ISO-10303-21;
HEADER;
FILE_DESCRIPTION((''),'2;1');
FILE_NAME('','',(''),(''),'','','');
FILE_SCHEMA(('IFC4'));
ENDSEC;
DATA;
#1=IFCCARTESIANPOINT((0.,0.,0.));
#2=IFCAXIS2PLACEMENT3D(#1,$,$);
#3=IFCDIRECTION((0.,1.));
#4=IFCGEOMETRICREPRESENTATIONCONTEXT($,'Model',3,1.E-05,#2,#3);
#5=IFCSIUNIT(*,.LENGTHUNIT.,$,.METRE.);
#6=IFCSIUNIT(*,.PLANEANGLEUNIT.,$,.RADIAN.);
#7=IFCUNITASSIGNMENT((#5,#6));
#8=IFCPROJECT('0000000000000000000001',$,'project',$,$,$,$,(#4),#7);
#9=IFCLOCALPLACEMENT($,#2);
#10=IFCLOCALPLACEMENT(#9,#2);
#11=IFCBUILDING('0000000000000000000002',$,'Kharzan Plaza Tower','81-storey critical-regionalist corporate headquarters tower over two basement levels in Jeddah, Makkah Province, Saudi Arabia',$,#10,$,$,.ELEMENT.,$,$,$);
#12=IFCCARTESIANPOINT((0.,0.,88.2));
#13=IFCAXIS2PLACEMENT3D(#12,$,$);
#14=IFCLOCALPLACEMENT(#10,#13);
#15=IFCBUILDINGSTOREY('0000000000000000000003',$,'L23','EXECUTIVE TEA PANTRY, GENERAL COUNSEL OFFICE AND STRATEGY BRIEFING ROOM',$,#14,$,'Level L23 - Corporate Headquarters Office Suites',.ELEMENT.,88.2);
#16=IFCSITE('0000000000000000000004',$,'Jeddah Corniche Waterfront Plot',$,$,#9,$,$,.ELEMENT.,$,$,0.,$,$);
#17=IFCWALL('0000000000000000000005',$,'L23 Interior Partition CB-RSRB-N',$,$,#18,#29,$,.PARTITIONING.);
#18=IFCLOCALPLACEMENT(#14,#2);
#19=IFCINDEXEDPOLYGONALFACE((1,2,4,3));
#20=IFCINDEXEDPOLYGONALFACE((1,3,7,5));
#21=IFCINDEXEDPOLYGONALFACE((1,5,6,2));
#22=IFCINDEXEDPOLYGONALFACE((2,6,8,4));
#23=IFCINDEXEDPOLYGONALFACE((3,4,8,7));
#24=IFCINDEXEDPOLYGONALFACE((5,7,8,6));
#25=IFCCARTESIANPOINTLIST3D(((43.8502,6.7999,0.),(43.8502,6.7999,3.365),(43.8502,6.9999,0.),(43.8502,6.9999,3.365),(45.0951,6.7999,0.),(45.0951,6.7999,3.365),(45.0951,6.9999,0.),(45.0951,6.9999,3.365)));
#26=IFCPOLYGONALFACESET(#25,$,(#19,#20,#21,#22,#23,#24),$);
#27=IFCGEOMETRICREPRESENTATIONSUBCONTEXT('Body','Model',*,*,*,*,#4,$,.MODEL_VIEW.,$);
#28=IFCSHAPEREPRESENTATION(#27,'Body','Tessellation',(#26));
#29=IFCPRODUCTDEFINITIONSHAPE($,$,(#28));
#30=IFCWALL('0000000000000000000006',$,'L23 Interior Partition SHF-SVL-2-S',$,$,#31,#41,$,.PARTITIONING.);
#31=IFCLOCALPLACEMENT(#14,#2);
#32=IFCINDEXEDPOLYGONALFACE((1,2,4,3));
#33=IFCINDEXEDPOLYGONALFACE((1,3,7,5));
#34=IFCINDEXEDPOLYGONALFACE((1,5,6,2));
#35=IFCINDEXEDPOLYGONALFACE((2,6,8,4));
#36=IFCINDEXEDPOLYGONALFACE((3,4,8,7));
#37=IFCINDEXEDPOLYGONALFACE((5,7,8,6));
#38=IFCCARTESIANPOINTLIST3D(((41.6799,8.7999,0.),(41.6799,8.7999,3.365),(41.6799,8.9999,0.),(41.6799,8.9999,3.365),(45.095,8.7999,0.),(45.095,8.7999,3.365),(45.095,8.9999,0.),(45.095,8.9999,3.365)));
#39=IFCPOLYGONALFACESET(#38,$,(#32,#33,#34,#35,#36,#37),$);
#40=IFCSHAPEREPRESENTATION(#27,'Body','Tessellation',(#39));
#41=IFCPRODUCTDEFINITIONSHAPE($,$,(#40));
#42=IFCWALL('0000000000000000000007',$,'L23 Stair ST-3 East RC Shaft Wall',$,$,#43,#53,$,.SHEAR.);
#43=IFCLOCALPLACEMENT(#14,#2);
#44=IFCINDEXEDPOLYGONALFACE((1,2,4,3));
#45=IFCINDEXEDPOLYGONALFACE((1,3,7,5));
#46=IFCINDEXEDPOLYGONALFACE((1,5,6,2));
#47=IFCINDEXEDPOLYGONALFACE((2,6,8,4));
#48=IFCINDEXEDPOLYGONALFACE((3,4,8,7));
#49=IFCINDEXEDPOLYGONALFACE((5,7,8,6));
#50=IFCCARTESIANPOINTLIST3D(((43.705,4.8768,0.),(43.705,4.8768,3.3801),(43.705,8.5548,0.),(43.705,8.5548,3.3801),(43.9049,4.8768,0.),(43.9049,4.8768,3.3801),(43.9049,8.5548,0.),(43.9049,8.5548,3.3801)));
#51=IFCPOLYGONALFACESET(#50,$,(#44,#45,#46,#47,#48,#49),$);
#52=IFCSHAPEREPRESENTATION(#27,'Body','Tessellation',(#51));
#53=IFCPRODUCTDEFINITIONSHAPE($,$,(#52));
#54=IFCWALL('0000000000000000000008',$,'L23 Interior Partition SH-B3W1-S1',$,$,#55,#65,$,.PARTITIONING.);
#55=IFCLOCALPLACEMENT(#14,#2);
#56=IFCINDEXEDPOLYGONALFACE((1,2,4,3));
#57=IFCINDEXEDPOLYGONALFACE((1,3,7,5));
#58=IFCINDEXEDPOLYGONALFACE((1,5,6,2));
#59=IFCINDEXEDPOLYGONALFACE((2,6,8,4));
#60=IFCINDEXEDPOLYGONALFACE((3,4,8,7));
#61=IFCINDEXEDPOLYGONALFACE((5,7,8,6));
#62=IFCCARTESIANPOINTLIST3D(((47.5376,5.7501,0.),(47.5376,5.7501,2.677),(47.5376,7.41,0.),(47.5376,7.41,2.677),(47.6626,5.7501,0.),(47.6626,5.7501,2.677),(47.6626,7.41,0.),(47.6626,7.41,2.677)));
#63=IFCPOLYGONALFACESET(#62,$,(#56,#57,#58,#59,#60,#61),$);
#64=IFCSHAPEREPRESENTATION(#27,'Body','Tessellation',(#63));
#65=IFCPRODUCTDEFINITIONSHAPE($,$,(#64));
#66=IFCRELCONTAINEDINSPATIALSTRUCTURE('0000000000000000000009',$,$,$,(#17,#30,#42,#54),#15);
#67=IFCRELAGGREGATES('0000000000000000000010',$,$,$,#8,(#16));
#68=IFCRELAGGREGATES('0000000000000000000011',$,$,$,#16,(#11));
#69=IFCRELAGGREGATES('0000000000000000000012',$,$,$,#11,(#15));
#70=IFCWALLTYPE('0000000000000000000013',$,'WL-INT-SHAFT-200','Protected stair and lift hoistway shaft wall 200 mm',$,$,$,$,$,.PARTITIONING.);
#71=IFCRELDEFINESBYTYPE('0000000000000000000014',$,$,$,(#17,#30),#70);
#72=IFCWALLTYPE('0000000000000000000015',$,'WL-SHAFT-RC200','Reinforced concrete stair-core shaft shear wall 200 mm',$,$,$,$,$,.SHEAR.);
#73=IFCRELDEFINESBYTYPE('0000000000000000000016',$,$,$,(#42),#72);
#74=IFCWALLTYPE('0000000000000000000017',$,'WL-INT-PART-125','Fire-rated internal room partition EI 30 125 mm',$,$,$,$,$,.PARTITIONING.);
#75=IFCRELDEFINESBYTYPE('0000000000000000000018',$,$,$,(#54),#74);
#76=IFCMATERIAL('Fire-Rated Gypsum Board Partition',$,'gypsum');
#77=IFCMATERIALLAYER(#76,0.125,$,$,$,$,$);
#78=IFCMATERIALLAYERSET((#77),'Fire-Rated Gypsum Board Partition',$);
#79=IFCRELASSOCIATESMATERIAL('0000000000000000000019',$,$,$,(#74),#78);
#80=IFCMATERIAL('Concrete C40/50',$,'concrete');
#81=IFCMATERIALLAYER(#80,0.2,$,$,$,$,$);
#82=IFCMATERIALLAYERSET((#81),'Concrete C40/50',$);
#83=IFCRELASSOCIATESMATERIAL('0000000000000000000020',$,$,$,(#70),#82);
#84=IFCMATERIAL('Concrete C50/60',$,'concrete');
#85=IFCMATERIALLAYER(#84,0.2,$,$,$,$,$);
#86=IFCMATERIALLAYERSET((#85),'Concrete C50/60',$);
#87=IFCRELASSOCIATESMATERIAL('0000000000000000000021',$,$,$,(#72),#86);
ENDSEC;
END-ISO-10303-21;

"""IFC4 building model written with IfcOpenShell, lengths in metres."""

from ifc_helpers import new_model, si_unit, direction, frame, frame_2d, origin, place, context, subcontext, project, spatial, rectangle, extrude, source, transform, mapped, material, layer, layer_set, type_object, element, save


model = new_model("IFC4")

# Units and contexts
model_context = context("Model", 3, precision=1e-05, world=origin(), true_north=direction((0.0, 1.0)))
body_context = subcontext(model_context, "Body", "Model", "MODEL_VIEW")
ifc_project = project(units=[si_unit("LENGTHUNIT", "METRE"), si_unit("PLANEANGLEUNIT", "RADIAN")], contexts=[model_context])

# Site, building, storey
site_placement = place(None, origin())
site = spatial("IfcSite", under=ifc_project, at=site_placement, Name="Jeddah Corniche Waterfront Plot", CompositionType="ELEMENT", RefElevation=0.0)
building_placement = place(site_placement, origin())
building = spatial("IfcBuilding", under=site, at=building_placement, Name="Kharzan Plaza Tower", Description="81-storey critical-regionalist corporate headquarters tower over two basement levels in Jeddah, Makkah Province, Saudi Arabia", CompositionType="ELEMENT")
storey_placement = place(building_placement, frame((0.0, 0.0, 88.2)))
storey = spatial("IfcBuildingStorey", under=building, at=storey_placement, Name="L23", Description="EXECUTIVE TEA PANTRY, GENERAL COUNSEL OFFICE AND STRATEGY BRIEFING ROOM", LongName="Level L23 - Corporate Headquarters Office Suites", CompositionType="ELEMENT", Elevation=88.2)

# Shared definitions
ifc_material_1 = material(Name="Concrete C50/60", Category="concrete")

# Shared definitions
ifc_material_2 = material(Name="Fire-Rated Gypsum Board Partition", Category="gypsum")
ifc_layer_1 = layer(ifc_material_2, 0.125)
ifc_layer_set_1 = layer_set([ifc_layer_1], Name="Fire-Rated Gypsum Board Partition")
wall_type_1 = type_object("IfcWallType", Name="WL-INT-PART-125", Description="Fire-rated internal room partition EI 30 125 mm", PredefinedType="PARTITIONING", material=ifc_layer_set_1)
ifc_material_3 = material(Name="Concrete C40/50", Category="concrete")
ifc_layer_2 = layer(ifc_material_3, 0.2)
ifc_layer_set_2 = layer_set([ifc_layer_2], Name="Concrete C40/50")
wall_type_2 = type_object("IfcWallType", Name="WL-INT-SHAFT-200", Description="Protected stair and lift hoistway shaft wall 200 mm", PredefinedType="PARTITIONING", material=ifc_layer_set_2)

# Walls
shared_shape_1 = source(origin(), body_context, "Body", "SweptSolid", [
    extrude(rectangle(XDim=1.2449, YDim=0.2, at=frame_2d((0.6226, 0.0))), origin(), (0.0, 0.0, 1.0), 3.365),
])
wall_1_placement = place(storey_placement, frame((43.8501, 6.8999, 0.0), z_axis=(0.0, 0.0, 1.0), x_axis=(1.0, 0.0, 0.0)))
element("IfcWall", 1, at=wall_1_placement, inside=storey, type_object=wall_type_2, Name="L23 Interior Partition CB-RSRB-N", PredefinedType="PARTITIONING", context=body_context, shape_type="MappedRepresentation", body=[
    mapped(shared_shape_1, transform((0.0, 0.0, 0.0), x_axis=(1.0, 0.0, 0.0), y_axis=(0.0, 1.0, 0.0), z_axis=(0.0, 0.0, 1.0))),
])
shared_shape_2 = source(origin(), body_context, "Body", "SweptSolid", [
    extrude(rectangle(XDim=3.415, YDim=0.2, at=frame_2d((1.7075, 0.0))), origin(), (0.0, 0.0, 1.0), 3.365),
])
wall_2_placement = place(storey_placement, frame((41.6799, 8.8999, 0.0), z_axis=(0.0, 0.0, 1.0), x_axis=(1.0, 0.0, 0.0)))
element("IfcWall", 2, at=wall_2_placement, inside=storey, type_object=wall_type_2, Name="L23 Interior Partition SHF-SVL-2-S", PredefinedType="PARTITIONING", context=body_context, shape_type="MappedRepresentation", body=[
    mapped(shared_shape_2, transform((0.0, 0.0, 0.0), x_axis=(1.0, 0.0, 0.0), y_axis=(0.0, 1.0, 0.0), z_axis=(0.0, 0.0, 1.0))),
])
ifc_layer_3 = layer(ifc_material_1, 0.2)
ifc_layer_set_3 = layer_set([ifc_layer_3], Name="Concrete C50/60")
wall_type_3 = type_object("IfcWallType", Name="WL-SHAFT-RC200", Description="Reinforced concrete stair-core shaft shear wall 200 mm", PredefinedType="SHEAR", material=ifc_layer_set_3)
shared_shape_3 = source(origin(), body_context, "Body", "SweptSolid", [
    extrude(rectangle(XDim=3.678, YDim=0.2, at=frame_2d((1.8389, 0.0))), origin(), (0.0, 0.0, 1.0), 3.3801),
])
wall_3_placement = place(storey_placement, frame((43.8049, 4.877, 0.0), z_axis=(0.0, 0.0, 1.0), x_axis=(0.0, 1.0, 0.0)))
element("IfcWall", 3, at=wall_3_placement, inside=storey, type_object=wall_type_3, Name="L23 Stair ST-3 East RC Shaft Wall", PredefinedType="SHEAR", context=body_context, shape_type="MappedRepresentation", body=[
    mapped(shared_shape_3, transform((0.0, 0.0, 0.0), x_axis=(1.0, 0.0, 0.0), y_axis=(0.0, 1.0, 0.0), z_axis=(0.0, 0.0, 1.0))),
])
shared_shape_4 = source(origin(), body_context, "Body", "SweptSolid", [
    extrude(rectangle(XDim=1.6599, YDim=0.125, at=frame_2d((0.8301, 0.0))), origin(), (0.0, 0.0, 1.0), 2.677),
])
wall_4_placement = place(storey_placement, frame((47.6001, 5.75, 0.0), z_axis=(0.0, 0.0, 1.0), x_axis=(0.0, 1.0, 0.0)))
element("IfcWall", 4, at=wall_4_placement, inside=storey, type_object=wall_type_1, Name="L23 Interior Partition SH-B3W1-S1", PredefinedType="PARTITIONING", context=body_context, shape_type="MappedRepresentation", body=[
    mapped(shared_shape_4, transform((0.0, 0.0, 0.0), x_axis=(1.0, 0.0, 0.0), y_axis=(0.0, 1.0, 0.0), z_axis=(0.0, 0.0, 1.0))),
])

save(model, "model.ifc")
